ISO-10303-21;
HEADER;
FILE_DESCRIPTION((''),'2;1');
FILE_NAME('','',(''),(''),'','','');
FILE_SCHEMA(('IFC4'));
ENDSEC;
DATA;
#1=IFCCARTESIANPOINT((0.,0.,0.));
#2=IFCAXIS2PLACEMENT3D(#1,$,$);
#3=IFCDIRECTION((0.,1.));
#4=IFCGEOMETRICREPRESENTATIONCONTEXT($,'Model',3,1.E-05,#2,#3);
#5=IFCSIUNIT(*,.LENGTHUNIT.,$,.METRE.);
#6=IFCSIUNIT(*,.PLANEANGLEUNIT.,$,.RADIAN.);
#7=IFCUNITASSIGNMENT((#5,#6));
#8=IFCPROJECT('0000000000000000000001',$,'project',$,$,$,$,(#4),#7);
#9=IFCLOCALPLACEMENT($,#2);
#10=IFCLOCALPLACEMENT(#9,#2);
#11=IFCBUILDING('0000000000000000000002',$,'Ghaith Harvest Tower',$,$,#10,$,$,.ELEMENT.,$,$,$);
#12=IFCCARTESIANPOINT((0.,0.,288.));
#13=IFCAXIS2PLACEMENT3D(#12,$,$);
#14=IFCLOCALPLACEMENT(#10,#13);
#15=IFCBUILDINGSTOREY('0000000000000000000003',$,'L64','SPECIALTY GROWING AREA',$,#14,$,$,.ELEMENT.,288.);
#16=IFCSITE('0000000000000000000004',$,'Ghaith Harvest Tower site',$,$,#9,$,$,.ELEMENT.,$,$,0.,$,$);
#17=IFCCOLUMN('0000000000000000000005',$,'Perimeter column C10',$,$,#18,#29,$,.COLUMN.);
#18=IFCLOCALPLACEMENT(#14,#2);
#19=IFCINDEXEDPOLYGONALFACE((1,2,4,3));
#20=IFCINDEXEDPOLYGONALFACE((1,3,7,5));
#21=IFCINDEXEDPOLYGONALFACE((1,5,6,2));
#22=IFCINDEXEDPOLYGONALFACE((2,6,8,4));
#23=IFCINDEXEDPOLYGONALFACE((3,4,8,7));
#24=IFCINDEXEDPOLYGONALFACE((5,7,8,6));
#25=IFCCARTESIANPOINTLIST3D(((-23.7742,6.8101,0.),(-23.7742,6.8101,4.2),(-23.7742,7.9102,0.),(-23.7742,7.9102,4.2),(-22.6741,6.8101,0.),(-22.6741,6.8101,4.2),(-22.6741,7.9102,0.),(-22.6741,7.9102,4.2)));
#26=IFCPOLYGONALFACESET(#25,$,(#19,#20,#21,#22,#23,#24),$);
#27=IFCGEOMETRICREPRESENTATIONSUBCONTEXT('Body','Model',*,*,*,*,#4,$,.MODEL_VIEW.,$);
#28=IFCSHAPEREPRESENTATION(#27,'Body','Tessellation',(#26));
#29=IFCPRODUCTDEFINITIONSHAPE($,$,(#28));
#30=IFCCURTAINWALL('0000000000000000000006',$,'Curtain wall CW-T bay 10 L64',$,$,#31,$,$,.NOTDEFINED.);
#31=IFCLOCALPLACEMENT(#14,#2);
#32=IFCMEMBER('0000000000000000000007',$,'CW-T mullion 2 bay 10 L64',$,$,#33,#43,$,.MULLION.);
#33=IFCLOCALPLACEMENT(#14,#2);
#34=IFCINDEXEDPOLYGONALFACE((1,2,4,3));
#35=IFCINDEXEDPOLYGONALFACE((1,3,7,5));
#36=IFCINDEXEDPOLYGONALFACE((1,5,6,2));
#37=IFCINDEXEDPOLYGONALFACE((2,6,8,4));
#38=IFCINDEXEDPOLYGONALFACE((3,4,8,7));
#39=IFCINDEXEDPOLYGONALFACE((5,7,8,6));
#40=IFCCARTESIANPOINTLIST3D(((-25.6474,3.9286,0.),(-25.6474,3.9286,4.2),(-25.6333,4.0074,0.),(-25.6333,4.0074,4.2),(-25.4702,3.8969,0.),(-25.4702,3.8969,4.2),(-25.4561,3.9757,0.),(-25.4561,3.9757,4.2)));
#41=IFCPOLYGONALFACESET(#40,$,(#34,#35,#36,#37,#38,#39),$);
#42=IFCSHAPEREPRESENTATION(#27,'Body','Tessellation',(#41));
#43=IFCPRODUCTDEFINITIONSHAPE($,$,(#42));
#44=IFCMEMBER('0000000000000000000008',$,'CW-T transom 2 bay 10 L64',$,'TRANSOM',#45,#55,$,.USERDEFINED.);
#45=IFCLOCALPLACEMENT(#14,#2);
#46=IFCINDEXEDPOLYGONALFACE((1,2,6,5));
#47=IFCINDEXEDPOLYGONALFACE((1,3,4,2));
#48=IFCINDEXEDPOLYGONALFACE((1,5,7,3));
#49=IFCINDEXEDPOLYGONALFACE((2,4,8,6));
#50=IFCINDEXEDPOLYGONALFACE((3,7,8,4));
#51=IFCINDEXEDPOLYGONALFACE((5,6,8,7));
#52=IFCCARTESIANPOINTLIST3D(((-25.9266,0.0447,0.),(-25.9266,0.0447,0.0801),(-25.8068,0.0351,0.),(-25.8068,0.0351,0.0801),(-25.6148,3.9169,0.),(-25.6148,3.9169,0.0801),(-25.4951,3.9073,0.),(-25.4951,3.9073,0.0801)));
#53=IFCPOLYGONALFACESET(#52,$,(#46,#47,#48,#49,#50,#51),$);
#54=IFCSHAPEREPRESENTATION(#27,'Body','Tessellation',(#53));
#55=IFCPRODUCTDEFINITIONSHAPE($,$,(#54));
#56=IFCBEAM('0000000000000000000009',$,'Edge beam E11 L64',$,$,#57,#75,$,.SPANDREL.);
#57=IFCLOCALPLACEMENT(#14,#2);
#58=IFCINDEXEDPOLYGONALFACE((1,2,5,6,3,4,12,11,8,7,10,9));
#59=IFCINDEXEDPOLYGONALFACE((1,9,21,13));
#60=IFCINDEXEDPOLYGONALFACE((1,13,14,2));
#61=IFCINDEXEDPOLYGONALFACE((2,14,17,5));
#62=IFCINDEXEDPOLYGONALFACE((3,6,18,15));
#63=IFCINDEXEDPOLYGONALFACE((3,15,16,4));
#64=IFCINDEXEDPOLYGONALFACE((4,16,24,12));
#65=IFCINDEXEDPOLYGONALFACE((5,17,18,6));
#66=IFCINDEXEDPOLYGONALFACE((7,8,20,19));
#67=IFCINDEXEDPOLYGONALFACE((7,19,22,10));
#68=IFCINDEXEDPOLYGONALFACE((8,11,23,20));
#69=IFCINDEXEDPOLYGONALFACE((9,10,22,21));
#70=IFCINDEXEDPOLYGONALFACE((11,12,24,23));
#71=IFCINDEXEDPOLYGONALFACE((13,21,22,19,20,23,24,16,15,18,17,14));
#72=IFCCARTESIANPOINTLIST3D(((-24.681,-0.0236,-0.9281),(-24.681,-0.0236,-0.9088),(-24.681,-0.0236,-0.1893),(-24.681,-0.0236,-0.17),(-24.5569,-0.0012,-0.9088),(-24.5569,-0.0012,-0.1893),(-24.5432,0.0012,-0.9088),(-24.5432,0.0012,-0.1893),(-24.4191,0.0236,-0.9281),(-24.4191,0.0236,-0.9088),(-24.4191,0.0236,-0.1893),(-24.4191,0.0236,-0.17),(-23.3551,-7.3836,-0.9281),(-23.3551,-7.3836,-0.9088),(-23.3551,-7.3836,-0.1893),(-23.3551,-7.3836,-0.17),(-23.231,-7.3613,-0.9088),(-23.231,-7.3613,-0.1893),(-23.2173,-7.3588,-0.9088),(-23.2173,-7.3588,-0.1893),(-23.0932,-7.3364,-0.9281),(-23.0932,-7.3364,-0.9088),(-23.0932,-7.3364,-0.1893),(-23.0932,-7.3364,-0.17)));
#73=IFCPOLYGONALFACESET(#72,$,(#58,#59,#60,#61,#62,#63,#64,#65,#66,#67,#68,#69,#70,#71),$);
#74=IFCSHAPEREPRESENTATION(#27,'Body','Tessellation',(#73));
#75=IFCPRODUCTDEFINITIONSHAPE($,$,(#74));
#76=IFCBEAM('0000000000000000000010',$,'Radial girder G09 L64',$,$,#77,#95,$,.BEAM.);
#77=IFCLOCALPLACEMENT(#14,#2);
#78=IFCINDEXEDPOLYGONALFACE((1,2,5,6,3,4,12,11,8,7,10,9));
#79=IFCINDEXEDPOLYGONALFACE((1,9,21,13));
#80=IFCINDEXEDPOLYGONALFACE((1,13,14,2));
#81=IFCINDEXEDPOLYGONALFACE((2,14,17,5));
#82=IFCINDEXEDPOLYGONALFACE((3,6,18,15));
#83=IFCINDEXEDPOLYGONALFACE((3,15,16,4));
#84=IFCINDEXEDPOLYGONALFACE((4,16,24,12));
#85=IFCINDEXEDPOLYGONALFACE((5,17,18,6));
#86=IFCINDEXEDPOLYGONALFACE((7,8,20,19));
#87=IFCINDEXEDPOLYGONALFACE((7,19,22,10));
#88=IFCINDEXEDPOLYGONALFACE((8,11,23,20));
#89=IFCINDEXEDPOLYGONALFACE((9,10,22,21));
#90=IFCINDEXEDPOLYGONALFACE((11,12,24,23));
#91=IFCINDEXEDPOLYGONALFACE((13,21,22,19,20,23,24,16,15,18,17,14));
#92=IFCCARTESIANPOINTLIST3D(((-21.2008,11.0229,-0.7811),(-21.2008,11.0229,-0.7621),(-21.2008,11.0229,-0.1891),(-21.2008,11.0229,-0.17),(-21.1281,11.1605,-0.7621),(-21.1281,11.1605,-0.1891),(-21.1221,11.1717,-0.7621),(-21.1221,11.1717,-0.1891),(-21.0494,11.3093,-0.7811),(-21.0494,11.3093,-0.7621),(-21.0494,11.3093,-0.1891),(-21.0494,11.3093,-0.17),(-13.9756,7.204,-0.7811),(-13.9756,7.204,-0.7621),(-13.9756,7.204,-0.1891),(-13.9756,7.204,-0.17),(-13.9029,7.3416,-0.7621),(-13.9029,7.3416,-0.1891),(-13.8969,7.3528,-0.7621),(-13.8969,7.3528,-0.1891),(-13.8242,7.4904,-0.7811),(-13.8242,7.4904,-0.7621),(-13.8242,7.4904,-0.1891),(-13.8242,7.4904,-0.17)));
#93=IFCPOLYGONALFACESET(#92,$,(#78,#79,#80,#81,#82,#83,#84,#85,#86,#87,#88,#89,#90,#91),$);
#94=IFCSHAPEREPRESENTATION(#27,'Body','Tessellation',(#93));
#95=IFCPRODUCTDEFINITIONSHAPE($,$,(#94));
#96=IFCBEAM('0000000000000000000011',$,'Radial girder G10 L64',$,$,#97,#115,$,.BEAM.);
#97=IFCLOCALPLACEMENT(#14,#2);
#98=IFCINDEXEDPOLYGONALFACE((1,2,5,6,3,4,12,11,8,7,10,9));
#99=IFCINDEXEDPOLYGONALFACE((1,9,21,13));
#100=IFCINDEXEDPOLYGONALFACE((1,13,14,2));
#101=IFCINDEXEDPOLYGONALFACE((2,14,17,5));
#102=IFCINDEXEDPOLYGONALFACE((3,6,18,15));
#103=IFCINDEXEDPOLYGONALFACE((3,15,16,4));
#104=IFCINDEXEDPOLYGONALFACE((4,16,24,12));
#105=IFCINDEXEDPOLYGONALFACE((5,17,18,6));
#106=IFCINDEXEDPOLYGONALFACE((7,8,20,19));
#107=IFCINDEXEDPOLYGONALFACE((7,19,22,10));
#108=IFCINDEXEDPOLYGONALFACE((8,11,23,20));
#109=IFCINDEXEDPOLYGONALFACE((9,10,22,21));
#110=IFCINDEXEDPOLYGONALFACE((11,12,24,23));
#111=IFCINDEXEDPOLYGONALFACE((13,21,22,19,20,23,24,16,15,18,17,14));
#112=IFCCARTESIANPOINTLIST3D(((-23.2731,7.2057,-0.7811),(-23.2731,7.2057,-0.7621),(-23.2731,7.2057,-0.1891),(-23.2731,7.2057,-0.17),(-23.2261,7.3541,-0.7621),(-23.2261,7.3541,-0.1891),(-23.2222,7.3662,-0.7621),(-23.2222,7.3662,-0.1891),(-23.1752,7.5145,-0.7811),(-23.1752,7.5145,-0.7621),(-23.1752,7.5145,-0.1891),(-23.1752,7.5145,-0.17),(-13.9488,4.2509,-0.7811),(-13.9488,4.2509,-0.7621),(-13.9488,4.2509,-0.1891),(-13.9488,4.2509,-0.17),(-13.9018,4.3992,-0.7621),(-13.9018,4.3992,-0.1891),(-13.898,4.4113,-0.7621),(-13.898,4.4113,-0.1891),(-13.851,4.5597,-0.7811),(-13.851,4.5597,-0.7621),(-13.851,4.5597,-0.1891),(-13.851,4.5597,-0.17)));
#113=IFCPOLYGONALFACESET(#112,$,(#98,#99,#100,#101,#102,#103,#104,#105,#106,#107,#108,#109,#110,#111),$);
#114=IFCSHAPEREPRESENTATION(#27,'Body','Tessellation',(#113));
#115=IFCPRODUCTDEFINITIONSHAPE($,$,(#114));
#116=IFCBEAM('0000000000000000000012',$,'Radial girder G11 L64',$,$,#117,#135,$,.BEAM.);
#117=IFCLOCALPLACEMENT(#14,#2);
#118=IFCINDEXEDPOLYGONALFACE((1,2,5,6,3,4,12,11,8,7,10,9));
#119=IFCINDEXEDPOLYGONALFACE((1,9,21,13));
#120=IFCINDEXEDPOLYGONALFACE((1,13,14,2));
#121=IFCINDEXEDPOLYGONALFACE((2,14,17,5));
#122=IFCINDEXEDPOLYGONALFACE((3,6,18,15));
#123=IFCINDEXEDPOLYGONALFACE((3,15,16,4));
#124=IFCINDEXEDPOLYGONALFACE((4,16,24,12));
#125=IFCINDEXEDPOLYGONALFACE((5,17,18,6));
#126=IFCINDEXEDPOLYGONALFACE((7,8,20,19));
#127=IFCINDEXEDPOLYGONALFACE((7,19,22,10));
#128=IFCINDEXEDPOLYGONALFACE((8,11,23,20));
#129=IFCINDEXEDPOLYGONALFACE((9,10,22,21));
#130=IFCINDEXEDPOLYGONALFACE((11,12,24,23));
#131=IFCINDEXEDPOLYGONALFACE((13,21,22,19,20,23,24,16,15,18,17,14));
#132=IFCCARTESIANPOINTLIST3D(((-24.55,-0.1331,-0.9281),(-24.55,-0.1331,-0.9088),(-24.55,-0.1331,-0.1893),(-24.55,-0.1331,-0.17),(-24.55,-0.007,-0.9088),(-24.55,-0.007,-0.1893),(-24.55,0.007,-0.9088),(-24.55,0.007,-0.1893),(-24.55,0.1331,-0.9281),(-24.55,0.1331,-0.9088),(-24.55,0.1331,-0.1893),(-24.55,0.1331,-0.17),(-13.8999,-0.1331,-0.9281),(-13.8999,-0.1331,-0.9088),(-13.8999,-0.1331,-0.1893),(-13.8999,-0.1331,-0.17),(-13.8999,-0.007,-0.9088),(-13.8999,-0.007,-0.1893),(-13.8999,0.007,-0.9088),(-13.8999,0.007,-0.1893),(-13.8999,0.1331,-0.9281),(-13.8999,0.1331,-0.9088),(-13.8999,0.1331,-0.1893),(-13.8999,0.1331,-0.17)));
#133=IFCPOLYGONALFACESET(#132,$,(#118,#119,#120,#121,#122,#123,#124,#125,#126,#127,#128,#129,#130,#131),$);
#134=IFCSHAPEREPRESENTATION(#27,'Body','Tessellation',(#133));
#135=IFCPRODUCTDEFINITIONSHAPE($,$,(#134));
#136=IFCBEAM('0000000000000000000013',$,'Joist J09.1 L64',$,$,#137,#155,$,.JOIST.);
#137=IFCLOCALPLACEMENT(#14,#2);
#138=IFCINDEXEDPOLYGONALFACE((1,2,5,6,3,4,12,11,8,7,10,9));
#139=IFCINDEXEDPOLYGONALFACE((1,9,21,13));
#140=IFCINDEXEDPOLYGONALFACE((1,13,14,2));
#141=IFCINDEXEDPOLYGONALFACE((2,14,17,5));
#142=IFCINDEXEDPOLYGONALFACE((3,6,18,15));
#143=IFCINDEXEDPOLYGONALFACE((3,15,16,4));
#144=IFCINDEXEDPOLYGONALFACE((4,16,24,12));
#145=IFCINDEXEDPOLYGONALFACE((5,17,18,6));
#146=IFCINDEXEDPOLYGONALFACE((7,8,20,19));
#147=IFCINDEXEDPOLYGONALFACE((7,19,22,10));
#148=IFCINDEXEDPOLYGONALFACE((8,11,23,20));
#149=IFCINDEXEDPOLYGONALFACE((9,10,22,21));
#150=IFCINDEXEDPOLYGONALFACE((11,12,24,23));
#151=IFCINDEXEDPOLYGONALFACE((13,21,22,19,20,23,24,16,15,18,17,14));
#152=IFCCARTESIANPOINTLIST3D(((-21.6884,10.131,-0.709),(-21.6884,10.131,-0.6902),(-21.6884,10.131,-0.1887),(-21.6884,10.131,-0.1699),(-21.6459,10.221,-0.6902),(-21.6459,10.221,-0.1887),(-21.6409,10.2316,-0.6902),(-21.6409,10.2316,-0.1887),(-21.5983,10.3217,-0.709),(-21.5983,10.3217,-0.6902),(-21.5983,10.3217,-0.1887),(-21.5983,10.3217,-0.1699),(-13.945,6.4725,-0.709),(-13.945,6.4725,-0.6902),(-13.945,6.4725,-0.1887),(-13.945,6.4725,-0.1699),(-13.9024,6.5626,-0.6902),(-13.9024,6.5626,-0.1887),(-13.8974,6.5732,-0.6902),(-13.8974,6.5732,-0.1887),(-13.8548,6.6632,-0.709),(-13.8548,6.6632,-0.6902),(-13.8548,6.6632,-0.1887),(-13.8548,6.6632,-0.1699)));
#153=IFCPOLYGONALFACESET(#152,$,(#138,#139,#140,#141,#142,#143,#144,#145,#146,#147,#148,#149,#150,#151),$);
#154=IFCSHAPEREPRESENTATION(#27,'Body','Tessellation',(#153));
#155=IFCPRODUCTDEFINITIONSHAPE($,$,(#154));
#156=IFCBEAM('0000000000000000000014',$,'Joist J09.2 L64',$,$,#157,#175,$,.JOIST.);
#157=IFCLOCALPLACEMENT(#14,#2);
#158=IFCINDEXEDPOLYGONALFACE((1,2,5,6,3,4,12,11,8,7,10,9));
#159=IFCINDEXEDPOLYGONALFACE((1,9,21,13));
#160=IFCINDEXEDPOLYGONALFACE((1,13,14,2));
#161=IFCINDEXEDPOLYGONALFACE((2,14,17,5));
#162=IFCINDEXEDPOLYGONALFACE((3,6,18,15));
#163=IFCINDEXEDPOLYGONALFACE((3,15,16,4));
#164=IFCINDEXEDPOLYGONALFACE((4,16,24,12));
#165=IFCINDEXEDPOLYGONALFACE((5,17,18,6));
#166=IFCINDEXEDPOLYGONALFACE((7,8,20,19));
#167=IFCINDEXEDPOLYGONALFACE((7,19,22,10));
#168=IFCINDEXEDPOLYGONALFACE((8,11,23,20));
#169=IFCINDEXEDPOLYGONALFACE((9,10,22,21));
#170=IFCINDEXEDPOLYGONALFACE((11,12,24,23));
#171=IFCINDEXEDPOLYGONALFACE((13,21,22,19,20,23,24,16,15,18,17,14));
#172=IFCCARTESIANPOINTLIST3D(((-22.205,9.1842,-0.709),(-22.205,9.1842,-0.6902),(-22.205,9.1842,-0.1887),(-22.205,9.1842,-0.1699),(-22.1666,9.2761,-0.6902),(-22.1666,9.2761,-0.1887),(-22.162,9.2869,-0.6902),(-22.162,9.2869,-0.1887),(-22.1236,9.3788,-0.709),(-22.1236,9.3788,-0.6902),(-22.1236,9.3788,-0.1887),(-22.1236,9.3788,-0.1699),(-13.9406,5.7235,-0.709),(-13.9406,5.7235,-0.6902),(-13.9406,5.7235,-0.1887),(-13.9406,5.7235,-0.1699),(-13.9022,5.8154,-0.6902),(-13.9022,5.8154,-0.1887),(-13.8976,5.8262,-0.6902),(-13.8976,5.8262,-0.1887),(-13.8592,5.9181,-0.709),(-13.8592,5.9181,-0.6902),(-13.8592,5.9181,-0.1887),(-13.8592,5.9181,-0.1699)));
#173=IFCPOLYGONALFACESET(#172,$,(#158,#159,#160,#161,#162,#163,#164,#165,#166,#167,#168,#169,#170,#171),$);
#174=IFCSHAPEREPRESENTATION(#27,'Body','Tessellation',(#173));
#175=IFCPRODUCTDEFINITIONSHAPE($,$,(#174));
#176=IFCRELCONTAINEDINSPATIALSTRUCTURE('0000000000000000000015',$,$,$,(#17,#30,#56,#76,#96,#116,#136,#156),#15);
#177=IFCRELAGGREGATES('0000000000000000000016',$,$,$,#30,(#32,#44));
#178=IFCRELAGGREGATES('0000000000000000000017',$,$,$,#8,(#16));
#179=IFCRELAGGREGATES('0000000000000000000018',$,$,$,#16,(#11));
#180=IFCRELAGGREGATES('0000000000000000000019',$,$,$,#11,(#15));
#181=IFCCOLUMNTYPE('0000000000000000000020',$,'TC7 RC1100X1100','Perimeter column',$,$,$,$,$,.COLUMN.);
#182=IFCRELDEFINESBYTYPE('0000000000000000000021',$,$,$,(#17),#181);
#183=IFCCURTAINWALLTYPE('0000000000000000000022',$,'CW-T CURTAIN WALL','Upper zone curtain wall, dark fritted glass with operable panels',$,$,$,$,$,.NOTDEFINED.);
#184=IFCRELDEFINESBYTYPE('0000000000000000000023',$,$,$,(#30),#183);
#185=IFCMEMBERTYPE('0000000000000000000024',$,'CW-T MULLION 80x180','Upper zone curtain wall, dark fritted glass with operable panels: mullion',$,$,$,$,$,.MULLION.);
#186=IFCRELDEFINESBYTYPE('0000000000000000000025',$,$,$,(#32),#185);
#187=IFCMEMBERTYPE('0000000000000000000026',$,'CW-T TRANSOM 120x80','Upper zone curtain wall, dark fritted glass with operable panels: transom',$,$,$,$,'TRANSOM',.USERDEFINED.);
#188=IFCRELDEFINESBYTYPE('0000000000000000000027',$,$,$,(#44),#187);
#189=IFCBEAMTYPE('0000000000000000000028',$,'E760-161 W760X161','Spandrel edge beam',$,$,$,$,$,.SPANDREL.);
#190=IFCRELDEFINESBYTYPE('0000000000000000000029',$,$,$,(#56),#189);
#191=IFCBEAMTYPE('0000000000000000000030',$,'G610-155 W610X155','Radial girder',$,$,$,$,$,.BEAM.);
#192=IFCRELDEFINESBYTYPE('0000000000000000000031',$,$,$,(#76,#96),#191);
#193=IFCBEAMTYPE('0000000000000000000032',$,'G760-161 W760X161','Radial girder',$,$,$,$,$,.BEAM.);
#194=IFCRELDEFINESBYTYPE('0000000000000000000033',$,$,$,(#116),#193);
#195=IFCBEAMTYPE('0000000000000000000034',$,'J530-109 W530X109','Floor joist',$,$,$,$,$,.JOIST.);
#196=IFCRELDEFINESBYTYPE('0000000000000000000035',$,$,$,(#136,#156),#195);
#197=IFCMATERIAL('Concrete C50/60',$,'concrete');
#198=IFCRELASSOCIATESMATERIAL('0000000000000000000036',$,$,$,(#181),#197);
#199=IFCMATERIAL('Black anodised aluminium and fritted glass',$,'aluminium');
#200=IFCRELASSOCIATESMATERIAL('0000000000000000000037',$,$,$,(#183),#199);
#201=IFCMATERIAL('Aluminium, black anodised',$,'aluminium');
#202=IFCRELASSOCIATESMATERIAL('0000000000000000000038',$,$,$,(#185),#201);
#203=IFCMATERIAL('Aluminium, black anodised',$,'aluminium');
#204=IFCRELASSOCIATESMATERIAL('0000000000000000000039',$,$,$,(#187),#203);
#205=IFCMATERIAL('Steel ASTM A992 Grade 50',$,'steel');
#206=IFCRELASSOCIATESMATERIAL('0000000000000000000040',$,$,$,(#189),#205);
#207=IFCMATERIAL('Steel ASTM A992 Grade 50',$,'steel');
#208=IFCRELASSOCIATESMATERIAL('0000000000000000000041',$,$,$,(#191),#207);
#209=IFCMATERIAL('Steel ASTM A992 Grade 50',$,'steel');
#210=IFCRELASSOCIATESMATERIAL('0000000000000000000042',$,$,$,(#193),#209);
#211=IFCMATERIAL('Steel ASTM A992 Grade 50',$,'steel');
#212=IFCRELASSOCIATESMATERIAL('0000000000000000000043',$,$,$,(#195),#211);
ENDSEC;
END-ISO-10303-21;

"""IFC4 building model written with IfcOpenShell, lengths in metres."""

from ifc_helpers import new_model, si_unit, direction, frame, origin, origin_2d, place, context, subcontext, project, spatial, rectangle, i_section, extrude, material, material_profile, profile_set, type_object, element, aggregate, save


model = new_model("IFC4")

# Units and contexts
model_context = context("Model", 3, precision=1e-05, world=origin(), true_north=direction((0.0, 1.0)))
body_context = subcontext(model_context, "Body", "Model", "MODEL_VIEW")
ifc_project = project(units=[si_unit("LENGTHUNIT", "METRE"), si_unit("PLANEANGLEUNIT", "RADIAN")], contexts=[model_context])

# Site, building, storey
site_placement = place(None, origin())
site = spatial("IfcSite", under=ifc_project, at=site_placement, Name="Ghaith Harvest Tower site", CompositionType="ELEMENT", RefElevation=0.0)
building_placement = place(site_placement, origin())
building = spatial("IfcBuilding", under=site, at=building_placement, Name="Ghaith Harvest Tower", CompositionType="ELEMENT")
storey_placement = place(building_placement, frame((0.0, 0.0, 288.0)))
storey = spatial("IfcBuildingStorey", under=building, at=storey_placement, Name="L64", Description="SPECIALTY GROWING AREA", CompositionType="ELEMENT", Elevation=288.0)

# Column
ifc_material_1 = material(Name="Concrete C50/60", Category="concrete")
ifc_material_profile_1 = material_profile(ifc_material_1, rectangle(XDim=1.1001, YDim=1.1001, at=origin_2d()), Name="RC1100X1100")
ifc_profile_set_1 = profile_set([ifc_material_profile_1], Name="Concrete C50/60")
column_type = type_object("IfcColumnType", Name="TC7 RC1100X1100", Description="Perimeter column", PredefinedType="COLUMN", material=ifc_profile_set_1)
column_placement = place(storey_placement, frame((-23.2241, 7.3601, 0.0), z_axis=(0.0, 0.0, 1.0), x_axis=(1.0, 0.0, 0.0)))
element("IfcColumn", 1, at=column_placement, inside=storey, type_object=column_type, Name="Perimeter column C10", PredefinedType="COLUMN", context=body_context, shape_type="SweptSolid", body=[
    extrude(rectangle(XDim=1.1001, YDim=1.1001, at=origin_2d()), origin(), (0.0, 0.0, 1.0), 4.2),
])

# Curtain wall, members
ifc_material_2 = material(Name="Black anodised aluminium and fritted glass", Category="aluminium")
curtain_wall_type = type_object("IfcCurtainWallType", Name="CW-T CURTAIN WALL", Description="Upper zone curtain wall, dark fritted glass with operable panels", PredefinedType="NOTDEFINED", material=ifc_material_2)
curtain_wall_placement = place(storey_placement, origin())
curtain_wall = element("IfcCurtainWall", 2, at=curtain_wall_placement, inside=storey, type_object=curtain_wall_type, Name="Curtain wall CW-T bay 10 L64", PredefinedType="NOTDEFINED")
ifc_material_3 = material(Name="Aluminium, black anodised", Category="aluminium")
ifc_material_profile_2 = material_profile(ifc_material_3, rectangle(XDim=0.0801, YDim=0.1799, at=origin_2d()), Name="CW-T MULLION 80x180")
ifc_profile_set_2 = profile_set([ifc_material_profile_2], Name="Aluminium, black anodised")
member_type_1 = type_object("IfcMemberType", Name="CW-T MULLION 80x180", Description="Upper zone curtain wall, dark fritted glass with operable panels: mullion", PredefinedType="MULLION", material=ifc_profile_set_2)
member_1_placement = place(storey_placement, frame((-25.5518, 3.9521, 0.0), z_axis=(0.0, 0.0, 1.0), x_axis=(-0.176001, -0.98439, 0.0)))
member_1 = element("IfcMember", 3, at=member_1_placement, type_object=member_type_1, Name="CW-T mullion 2 bay 10 L64", PredefinedType="MULLION", context=body_context, shape_type="SweptSolid", body=[
    extrude(rectangle(XDim=0.0801, YDim=0.1799, at=origin_2d()), origin(), (0.0, 0.0, 1.0), 4.2),
])
ifc_material_4 = material(Name="Aluminium, black anodised", Category="aluminium")
ifc_material_profile_3 = material_profile(ifc_material_4, rectangle(XDim=0.1201, YDim=0.0801, at=origin_2d()), Name="CW-T TRANSOM 120x80")
ifc_profile_set_3 = profile_set([ifc_material_profile_3], Name="Aluminium, black anodised")
member_type_2 = type_object("IfcMemberType", Name="CW-T TRANSOM 120x80", Description="Upper zone curtain wall, dark fritted glass with operable panels: transom", ElementType="TRANSOM", PredefinedType="USERDEFINED", material=ifc_profile_set_3)
member_2_placement = place(storey_placement, frame((-25.5549, 3.9121, 0.04), z_axis=(-0.080252, -0.996775, 0.0), x_axis=(0.996775, -0.080252, 0.0)))
member_2 = element("IfcMember", 4, at=member_2_placement, type_object=member_type_2, Name="CW-T transom 2 bay 10 L64", ObjectType="TRANSOM", PredefinedType="USERDEFINED", context=body_context, shape_type="SweptSolid", body=[
    extrude(rectangle(XDim=0.1201, YDim=0.0801, at=origin_2d()), origin(), (0.0, 0.0, 1.0), 3.8848),
])

# Beams
ifc_material_5 = material(Name="Steel ASTM A992 Grade 50", Category="steel")
ifc_material_profile_4 = material_profile(ifc_material_5, i_section(OverallWidth=0.2661, OverallDepth=0.7581, WebThickness=0.0139, FlangeThickness=0.0193, at=origin_2d()), Name="W760X161")
ifc_profile_set_4 = profile_set([ifc_material_profile_4], Name="Steel ASTM A992 Grade 50")
beam_type_1 = type_object("IfcBeamType", Name="E760-161 W760X161", Description="Spandrel edge beam", PredefinedType="SPANDREL", material=ifc_profile_set_4)
beam_1_placement = place(storey_placement, frame((-24.55, 0.0, -0.5491), z_axis=(0.177297, -0.984157, 0.0), x_axis=(0.984157, 0.177297, 0.0)))
element("IfcBeam", 5, at=beam_1_placement, inside=storey, type_object=beam_type_1, Name="Edge beam E11 L64", PredefinedType="SPANDREL", context=body_context, shape_type="SweptSolid", body=[
    extrude(i_section(OverallWidth=0.2661, OverallDepth=0.7581, WebThickness=0.0139, FlangeThickness=0.0193, at=origin_2d()), origin(), (0.0, 0.0, 1.0), 7.4785),
])
ifc_material_6 = material(Name="Steel ASTM A992 Grade 50", Category="steel")
ifc_material_profile_5 = material_profile(ifc_material_6, i_section(OverallWidth=0.324, OverallDepth=0.6111, WebThickness=0.0127, FlangeThickness=0.019, at=origin_2d()), Name="W610X155")
ifc_profile_set_5 = profile_set([ifc_material_profile_5], Name="Steel ASTM A992 Grade 50")
beam_type_2 = type_object("IfcBeamType", Name="G610-155 W610X155", Description="Radial girder", PredefinedType="BEAM", material=ifc_profile_set_5)
beam_2_placement = place(storey_placement, frame((-13.8999, 7.3472, -0.4756), z_axis=(-0.884102, 0.467295, 0.0), x_axis=(-0.467295, -0.884102, 0.0)))
element("IfcBeam", 6, at=beam_2_placement, inside=storey, type_object=beam_type_2, Name="Radial girder G09 L64", PredefinedType="BEAM", context=body_context, shape_type="SweptSolid", body=[
    extrude(i_section(OverallWidth=0.324, OverallDepth=0.6111, WebThickness=0.0127, FlangeThickness=0.019, at=origin_2d()), origin(), (0.0, 0.0, 1.0), 8.1724),
])
beam_3_placement = place(storey_placement, frame((-13.8999, 4.4053, -0.4756), z_axis=(-0.953279, 0.302093, 0.0), x_axis=(-0.302093, -0.953279, 0.0)))
element("IfcBeam", 7, at=beam_3_placement, inside=storey, type_object=beam_type_2, Name="Radial girder G10 L64", PredefinedType="BEAM", context=body_context, shape_type="SweptSolid", body=[
    extrude(i_section(OverallWidth=0.324, OverallDepth=0.6111, WebThickness=0.0127, FlangeThickness=0.019, at=origin_2d()), origin(), (0.0, 0.0, 1.0), 9.7812),
])
ifc_material_7 = material(Name="Steel ASTM A992 Grade 50", Category="steel")
ifc_material_profile_6 = material_profile(ifc_material_7, i_section(OverallWidth=0.2661, OverallDepth=0.7581, WebThickness=0.0139, FlangeThickness=0.0193, at=origin_2d()), Name="W760X161")
ifc_profile_set_6 = profile_set([ifc_material_profile_6], Name="Steel ASTM A992 Grade 50")
beam_type_3 = type_object("IfcBeamType", Name="G760-161 W760X161", Description="Radial girder", PredefinedType="BEAM", material=ifc_profile_set_6)
beam_4_placement = place(storey_placement, frame((-13.8999, 0.0, -0.5491), z_axis=(-1.0, 0.0, 0.0), x_axis=(0.0, -1.0, 0.0)))
element("IfcBeam", 8, at=beam_4_placement, inside=storey, type_object=beam_type_3, Name="Radial girder G11 L64", PredefinedType="BEAM", context=body_context, shape_type="SweptSolid", body=[
    extrude(i_section(OverallWidth=0.2661, OverallDepth=0.7581, WebThickness=0.0139, FlangeThickness=0.0193, at=origin_2d()), origin(), (0.0, 0.0, 1.0), 10.6501),
])
ifc_material_8 = material(Name="Steel ASTM A992 Grade 50", Category="steel")
ifc_material_profile_7 = material_profile(ifc_material_8, i_section(OverallWidth=0.2109, OverallDepth=0.5391, WebThickness=0.0117, FlangeThickness=0.0188, at=origin_2d()), Name="W530X109")
ifc_profile_set_7 = profile_set([ifc_material_profile_7], Name="Steel ASTM A992 Grade 50")
beam_type_4 = type_object("IfcBeamType", Name="J530-109 W530X109", Description="Floor joist", PredefinedType="JOIST", material=ifc_profile_set_7)
beam_5_placement = place(storey_placement, frame((-13.8999, 6.5679, -0.4395), z_axis=(-0.904166, 0.427182, 0.0), x_axis=(-0.427182, -0.904166, 0.0)))
element("IfcBeam", 9, at=beam_5_placement, inside=storey, type_object=beam_type_4, Name="Joist J09.1 L64", PredefinedType="JOIST", context=body_context, shape_type="SweptSolid", body=[
    extrude(i_section(OverallWidth=0.2109, OverallDepth=0.5391, WebThickness=0.0117, FlangeThickness=0.0188, at=origin_2d()), origin(), (0.0, 0.0, 1.0), 8.5642),
])
beam_6_placement = place(storey_placement, frame((-13.8999, 5.8208, -0.4395), z_axis=(-0.922394, 0.38625, 0.0), x_axis=(-0.38625, -0.922394, 0.0)))
element("IfcBeam", 10, at=beam_6_placement, inside=storey, type_object=beam_type_4, Name="Joist J09.2 L64", PredefinedType="JOIST", context=body_context, shape_type="SweptSolid", body=[
    extrude(i_section(OverallWidth=0.2109, OverallDepth=0.5391, WebThickness=0.0117, FlangeThickness=0.0188, at=origin_2d()), origin(), (0.0, 0.0, 1.0), 8.9597),
])

aggregate(curtain_wall, [member_1, member_2])

save(model, "model.ifc")
